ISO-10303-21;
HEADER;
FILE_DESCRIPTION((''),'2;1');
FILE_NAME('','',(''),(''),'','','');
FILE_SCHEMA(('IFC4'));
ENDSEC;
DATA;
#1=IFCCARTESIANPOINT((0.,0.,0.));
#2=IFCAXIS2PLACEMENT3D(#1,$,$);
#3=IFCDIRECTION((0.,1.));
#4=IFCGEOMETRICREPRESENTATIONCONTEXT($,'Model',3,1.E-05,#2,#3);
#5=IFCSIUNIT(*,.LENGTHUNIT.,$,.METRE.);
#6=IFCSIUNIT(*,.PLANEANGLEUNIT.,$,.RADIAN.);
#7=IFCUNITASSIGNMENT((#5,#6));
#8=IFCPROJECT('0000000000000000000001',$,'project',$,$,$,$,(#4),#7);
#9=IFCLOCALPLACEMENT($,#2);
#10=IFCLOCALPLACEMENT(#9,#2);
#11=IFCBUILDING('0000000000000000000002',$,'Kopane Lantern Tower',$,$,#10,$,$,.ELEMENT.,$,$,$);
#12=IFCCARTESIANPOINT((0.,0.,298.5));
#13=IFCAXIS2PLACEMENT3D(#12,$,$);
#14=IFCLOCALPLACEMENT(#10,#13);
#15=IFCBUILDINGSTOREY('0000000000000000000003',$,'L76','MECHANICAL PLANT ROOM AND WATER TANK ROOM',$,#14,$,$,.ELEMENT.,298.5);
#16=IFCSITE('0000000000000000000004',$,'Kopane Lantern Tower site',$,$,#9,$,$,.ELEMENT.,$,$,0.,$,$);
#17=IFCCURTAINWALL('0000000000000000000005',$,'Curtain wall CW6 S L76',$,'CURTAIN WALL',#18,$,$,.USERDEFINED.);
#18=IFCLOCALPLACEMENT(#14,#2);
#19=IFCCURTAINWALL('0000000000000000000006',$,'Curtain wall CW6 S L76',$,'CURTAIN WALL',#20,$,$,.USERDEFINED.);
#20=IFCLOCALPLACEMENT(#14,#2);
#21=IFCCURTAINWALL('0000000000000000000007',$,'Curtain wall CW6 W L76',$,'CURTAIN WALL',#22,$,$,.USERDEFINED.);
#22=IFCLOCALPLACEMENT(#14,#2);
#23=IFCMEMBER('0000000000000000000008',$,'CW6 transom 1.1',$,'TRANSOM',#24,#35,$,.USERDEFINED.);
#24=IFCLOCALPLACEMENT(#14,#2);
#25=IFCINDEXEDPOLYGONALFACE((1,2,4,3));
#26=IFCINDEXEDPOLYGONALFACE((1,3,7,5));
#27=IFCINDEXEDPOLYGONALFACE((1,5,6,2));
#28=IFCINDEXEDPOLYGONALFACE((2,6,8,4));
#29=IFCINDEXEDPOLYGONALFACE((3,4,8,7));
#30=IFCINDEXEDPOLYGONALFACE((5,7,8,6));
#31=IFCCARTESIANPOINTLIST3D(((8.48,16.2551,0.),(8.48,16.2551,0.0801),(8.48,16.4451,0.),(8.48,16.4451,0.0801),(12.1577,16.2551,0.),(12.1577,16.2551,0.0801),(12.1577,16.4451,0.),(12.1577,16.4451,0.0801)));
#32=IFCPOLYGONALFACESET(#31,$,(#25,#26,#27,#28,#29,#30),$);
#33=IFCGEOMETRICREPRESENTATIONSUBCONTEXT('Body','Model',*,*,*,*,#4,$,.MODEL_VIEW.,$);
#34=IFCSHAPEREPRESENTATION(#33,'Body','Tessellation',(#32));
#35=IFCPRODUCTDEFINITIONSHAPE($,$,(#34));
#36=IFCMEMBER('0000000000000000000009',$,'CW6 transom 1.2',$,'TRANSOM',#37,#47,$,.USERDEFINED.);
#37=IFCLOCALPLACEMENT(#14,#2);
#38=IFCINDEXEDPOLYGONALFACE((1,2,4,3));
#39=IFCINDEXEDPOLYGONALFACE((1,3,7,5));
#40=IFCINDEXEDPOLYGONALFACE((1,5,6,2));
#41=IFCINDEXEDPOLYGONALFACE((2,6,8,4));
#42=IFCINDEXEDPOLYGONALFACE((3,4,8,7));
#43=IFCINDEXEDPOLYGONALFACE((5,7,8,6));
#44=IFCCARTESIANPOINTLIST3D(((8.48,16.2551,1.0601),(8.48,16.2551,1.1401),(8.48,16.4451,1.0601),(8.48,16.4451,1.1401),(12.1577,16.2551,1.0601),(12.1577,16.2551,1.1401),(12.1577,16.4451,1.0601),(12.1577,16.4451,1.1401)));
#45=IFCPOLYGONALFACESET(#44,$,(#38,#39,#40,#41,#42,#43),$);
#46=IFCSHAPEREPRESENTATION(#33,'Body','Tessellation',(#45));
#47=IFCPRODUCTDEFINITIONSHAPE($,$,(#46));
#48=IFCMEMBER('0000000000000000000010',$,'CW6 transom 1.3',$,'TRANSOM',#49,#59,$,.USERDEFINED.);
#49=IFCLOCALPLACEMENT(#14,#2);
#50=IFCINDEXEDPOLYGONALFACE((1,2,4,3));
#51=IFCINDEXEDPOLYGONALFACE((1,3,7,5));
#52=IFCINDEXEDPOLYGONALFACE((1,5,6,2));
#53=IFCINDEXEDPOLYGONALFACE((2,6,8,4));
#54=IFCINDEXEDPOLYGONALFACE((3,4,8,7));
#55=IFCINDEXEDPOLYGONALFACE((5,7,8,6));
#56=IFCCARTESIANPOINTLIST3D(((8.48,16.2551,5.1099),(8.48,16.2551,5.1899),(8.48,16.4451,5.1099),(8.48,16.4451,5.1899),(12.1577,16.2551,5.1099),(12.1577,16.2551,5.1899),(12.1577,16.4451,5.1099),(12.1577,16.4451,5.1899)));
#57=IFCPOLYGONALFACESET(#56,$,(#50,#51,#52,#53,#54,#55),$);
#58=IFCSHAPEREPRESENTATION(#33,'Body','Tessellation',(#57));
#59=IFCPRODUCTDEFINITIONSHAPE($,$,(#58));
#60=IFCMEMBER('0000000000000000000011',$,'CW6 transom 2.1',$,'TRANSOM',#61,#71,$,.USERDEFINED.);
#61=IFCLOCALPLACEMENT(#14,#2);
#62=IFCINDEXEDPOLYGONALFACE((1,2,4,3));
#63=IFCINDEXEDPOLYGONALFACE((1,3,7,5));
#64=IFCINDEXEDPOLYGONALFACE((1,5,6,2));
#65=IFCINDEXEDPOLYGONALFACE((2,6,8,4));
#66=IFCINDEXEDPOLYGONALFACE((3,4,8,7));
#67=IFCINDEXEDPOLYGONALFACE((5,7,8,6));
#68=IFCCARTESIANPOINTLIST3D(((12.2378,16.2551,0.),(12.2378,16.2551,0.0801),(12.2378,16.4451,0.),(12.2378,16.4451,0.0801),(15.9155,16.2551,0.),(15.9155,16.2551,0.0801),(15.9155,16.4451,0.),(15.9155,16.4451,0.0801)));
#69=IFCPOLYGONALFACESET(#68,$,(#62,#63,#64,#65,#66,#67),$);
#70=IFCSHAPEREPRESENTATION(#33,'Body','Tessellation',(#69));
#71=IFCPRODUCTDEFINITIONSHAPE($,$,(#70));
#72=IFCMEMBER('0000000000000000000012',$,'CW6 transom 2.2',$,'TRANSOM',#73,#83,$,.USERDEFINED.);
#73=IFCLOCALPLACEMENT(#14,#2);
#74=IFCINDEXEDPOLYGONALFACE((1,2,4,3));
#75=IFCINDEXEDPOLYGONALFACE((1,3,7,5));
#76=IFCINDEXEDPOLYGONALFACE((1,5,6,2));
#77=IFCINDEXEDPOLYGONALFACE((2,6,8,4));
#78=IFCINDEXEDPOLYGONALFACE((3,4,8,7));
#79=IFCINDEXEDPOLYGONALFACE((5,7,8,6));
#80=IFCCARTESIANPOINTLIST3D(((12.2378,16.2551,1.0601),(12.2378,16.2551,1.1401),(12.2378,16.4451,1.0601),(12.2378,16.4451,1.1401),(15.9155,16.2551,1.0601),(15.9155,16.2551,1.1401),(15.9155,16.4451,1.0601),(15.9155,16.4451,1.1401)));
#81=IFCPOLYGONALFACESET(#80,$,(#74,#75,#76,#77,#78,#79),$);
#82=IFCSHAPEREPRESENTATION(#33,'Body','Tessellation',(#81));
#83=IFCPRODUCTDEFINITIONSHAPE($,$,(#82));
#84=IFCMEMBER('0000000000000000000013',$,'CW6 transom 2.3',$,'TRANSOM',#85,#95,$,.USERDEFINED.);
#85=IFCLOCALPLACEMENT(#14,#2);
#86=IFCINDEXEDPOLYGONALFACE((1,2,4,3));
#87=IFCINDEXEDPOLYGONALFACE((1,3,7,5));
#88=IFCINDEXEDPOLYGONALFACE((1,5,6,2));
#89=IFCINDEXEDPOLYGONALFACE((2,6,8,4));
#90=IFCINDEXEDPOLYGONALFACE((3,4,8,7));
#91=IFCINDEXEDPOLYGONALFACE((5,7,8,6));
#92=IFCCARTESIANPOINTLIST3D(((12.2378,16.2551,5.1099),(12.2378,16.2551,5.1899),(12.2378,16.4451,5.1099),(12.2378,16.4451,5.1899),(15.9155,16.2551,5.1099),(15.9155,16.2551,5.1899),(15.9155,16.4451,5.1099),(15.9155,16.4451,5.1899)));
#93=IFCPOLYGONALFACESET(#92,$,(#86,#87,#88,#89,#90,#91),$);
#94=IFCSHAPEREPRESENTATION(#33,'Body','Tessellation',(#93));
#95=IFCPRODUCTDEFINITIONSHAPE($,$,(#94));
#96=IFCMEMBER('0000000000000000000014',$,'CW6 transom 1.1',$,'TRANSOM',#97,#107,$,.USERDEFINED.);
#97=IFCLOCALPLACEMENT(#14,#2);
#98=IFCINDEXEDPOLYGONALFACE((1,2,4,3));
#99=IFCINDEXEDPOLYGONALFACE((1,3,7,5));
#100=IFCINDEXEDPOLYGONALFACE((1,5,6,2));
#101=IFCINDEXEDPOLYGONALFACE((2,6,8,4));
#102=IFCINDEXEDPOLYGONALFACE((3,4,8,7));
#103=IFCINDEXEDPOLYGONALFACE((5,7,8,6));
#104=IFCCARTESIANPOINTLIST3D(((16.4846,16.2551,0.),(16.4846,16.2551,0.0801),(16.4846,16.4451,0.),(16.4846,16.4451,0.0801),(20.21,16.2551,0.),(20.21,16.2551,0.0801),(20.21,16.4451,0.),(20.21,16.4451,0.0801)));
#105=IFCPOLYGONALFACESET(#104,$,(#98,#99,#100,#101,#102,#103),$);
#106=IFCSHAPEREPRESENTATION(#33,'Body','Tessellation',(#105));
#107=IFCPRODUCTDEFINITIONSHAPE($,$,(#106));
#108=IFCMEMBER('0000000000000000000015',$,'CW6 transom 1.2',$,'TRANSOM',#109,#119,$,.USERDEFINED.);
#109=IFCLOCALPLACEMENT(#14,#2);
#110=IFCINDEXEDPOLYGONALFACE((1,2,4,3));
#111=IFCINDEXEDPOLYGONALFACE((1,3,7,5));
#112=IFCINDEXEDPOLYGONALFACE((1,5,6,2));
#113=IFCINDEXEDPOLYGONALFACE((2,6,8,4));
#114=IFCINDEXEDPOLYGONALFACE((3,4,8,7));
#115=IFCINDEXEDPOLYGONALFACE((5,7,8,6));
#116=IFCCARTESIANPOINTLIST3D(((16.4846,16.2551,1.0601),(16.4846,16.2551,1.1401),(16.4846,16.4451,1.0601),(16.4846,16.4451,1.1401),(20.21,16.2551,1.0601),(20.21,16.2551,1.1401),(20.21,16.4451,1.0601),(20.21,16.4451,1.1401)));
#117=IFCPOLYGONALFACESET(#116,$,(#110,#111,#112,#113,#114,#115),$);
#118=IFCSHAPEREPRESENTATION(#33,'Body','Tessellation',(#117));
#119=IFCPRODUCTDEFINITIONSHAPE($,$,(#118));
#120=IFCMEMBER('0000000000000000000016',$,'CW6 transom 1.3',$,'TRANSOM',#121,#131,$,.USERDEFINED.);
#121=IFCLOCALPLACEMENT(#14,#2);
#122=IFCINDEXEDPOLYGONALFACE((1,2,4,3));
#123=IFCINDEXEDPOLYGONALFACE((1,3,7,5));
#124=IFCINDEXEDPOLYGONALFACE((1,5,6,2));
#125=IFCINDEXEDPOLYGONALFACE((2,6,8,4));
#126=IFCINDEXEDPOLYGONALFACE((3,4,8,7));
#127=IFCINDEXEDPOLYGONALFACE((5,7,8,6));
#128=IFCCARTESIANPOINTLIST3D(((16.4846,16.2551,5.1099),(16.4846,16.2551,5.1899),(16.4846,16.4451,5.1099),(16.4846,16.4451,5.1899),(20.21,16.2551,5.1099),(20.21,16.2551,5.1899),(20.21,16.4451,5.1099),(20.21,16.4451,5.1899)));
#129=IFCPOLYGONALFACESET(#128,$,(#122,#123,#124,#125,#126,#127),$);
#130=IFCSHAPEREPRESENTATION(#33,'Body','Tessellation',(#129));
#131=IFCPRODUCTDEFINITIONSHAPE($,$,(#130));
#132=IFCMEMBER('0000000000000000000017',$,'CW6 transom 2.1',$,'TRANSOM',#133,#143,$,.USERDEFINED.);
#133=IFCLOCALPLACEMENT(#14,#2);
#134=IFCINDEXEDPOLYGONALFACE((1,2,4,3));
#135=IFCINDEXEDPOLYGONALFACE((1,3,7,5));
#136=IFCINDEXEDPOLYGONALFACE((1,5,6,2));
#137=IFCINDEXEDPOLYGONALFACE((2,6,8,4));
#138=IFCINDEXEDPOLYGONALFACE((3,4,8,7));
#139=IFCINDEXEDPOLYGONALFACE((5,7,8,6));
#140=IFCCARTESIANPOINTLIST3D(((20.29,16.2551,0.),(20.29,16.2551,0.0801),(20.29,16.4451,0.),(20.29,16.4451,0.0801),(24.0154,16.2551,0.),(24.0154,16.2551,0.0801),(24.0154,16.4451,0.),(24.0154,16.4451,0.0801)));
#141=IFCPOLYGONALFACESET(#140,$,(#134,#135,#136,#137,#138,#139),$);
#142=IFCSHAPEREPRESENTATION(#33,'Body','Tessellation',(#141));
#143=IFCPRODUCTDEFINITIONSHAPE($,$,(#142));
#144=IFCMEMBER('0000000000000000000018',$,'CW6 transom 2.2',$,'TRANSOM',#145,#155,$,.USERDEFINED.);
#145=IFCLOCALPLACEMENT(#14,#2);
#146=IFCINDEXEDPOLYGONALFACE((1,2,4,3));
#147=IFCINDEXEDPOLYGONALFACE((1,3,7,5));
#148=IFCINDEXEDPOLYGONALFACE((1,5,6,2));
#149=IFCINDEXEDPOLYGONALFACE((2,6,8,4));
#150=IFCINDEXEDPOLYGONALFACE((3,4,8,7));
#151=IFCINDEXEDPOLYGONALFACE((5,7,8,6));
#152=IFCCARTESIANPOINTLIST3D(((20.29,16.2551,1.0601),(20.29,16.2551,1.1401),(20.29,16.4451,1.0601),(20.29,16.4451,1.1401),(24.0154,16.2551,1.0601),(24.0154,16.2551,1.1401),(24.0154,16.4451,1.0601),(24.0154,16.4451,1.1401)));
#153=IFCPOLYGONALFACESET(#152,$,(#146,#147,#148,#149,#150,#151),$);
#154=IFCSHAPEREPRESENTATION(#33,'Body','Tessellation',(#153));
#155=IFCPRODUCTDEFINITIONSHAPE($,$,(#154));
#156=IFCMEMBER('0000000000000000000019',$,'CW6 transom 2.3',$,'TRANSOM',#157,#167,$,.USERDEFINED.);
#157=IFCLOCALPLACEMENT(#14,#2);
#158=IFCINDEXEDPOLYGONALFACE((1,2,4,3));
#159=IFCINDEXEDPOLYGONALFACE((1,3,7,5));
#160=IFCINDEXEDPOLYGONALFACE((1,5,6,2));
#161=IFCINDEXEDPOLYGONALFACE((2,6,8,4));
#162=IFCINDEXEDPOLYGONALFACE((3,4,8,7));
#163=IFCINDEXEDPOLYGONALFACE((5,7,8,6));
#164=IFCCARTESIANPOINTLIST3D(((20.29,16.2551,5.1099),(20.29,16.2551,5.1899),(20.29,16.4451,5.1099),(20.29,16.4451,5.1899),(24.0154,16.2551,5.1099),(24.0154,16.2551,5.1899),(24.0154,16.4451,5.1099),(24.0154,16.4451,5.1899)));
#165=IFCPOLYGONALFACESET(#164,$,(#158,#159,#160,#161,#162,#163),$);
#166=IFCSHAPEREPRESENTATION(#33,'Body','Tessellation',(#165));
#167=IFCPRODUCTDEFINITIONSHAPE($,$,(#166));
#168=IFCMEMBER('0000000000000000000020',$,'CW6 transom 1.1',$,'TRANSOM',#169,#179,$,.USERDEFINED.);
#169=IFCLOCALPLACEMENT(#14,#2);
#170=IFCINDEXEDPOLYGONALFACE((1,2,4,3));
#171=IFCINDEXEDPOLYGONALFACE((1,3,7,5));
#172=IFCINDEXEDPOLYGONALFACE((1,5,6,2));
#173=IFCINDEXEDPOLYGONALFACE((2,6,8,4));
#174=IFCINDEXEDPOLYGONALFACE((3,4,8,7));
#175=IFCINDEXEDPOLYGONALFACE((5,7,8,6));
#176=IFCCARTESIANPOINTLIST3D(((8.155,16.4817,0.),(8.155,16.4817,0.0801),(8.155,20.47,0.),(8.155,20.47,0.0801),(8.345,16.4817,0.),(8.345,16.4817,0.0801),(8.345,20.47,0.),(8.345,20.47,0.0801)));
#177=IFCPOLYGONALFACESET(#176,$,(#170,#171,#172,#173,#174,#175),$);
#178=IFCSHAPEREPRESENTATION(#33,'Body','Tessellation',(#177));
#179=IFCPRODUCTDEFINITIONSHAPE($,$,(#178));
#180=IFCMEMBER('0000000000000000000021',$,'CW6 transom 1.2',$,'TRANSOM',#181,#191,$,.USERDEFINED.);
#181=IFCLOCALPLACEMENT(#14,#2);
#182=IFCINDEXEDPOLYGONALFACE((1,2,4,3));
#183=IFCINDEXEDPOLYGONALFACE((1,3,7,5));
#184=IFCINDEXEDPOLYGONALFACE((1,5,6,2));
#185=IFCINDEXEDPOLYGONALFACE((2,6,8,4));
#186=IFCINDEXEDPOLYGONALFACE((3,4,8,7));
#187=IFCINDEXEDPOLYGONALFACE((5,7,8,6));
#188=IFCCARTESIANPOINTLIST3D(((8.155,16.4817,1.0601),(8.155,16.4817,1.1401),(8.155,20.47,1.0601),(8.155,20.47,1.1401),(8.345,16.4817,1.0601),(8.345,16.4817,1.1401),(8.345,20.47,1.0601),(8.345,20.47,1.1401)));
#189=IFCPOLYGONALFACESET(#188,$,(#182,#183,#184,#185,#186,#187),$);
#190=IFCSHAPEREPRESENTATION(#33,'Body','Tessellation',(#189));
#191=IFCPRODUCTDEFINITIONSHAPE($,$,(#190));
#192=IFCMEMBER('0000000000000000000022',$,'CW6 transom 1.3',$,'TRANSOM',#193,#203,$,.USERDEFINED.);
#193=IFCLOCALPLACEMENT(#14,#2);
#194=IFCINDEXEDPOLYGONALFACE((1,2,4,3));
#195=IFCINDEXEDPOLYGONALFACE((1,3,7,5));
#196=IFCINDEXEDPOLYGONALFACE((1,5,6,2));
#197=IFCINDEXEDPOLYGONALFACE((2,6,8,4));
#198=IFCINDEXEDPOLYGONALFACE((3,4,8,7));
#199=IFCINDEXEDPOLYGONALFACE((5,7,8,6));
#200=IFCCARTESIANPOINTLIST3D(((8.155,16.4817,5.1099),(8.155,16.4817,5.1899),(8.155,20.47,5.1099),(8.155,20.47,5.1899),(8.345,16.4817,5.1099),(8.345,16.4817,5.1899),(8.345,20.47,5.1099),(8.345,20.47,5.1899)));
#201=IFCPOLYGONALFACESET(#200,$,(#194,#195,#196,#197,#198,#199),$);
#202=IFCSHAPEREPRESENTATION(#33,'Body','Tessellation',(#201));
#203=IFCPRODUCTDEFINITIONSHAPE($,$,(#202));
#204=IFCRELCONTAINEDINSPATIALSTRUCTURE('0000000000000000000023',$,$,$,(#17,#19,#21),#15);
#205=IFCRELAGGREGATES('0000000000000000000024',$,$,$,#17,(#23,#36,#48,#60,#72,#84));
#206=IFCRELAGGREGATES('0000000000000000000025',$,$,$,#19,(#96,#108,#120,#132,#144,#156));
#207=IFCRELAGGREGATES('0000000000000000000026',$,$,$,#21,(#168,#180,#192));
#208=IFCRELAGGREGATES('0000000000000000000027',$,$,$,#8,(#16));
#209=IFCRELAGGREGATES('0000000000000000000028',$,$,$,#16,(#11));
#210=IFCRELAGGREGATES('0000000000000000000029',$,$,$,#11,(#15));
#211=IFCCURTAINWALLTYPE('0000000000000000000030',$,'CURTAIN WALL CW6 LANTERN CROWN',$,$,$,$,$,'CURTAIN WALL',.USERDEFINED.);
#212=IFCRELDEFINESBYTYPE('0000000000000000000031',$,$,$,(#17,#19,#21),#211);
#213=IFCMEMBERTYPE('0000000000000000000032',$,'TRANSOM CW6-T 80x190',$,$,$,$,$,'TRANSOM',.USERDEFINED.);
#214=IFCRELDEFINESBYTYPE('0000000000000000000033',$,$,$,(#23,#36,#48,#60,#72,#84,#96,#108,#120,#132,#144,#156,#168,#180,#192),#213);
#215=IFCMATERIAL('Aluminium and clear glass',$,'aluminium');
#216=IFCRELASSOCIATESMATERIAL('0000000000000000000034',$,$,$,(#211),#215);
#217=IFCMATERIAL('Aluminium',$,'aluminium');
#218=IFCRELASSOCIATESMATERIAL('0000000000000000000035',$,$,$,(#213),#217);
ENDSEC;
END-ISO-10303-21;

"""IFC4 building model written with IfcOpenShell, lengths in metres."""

from ifc_helpers import new_model, si_unit, direction, frame, origin, origin_2d, place, context, subcontext, project, spatial, rectangle, extrude, material, material_profile, profile_set, type_object, element, aggregate, save


model = new_model("IFC4")

# Units and contexts
model_context = context("Model", 3, precision=1e-05, world=origin(), true_north=direction((0.0, 1.0)))
body_context = subcontext(model_context, "Body", "Model", "MODEL_VIEW")
ifc_project = project(units=[si_unit("LENGTHUNIT", "METRE"), si_unit("PLANEANGLEUNIT", "RADIAN")], contexts=[model_context])

# Site, building, storey
site_placement = place(None, origin())
site = spatial("IfcSite", under=ifc_project, at=site_placement, Name="Kopane Lantern Tower site", CompositionType="ELEMENT", RefElevation=0.0)
building_placement = place(site_placement, origin())
building = spatial("IfcBuilding", under=site, at=building_placement, Name="Kopane Lantern Tower", CompositionType="ELEMENT")
storey_placement = place(building_placement, frame((0.0, 0.0, 298.5)))
storey = spatial("IfcBuildingStorey", under=building, at=storey_placement, Name="L76", Description="MECHANICAL PLANT ROOM AND WATER TANK ROOM", CompositionType="ELEMENT", Elevation=298.5)

# Curtain walls
ifc_material_1 = material(Name="Aluminium and clear glass", Category="aluminium")
curtain_wall_type = type_object("IfcCurtainWallType", Name="CURTAIN WALL CW6 LANTERN CROWN", ElementType="CURTAIN WALL", PredefinedType="USERDEFINED", material=ifc_material_1)
curtain_wall_1_placement = place(storey_placement, origin())
curtain_wall_1 = element("IfcCurtainWall", 1, at=curtain_wall_1_placement, inside=storey, type_object=curtain_wall_type, Name="Curtain wall CW6 S L76", ObjectType="CURTAIN WALL", PredefinedType="USERDEFINED")
curtain_wall_2_placement = place(storey_placement, origin())
curtain_wall_2 = element("IfcCurtainWall", 2, at=curtain_wall_2_placement, inside=storey, type_object=curtain_wall_type, Name="Curtain wall CW6 S L76", ObjectType="CURTAIN WALL", PredefinedType="USERDEFINED")

# Curtain wall
curtain_wall_3_placement = place(storey_placement, origin())
curtain_wall_3 = element("IfcCurtainWall", 3, at=curtain_wall_3_placement, inside=storey, type_object=curtain_wall_type, Name="Curtain wall CW6 W L76", ObjectType="CURTAIN WALL", PredefinedType="USERDEFINED")

# Members
ifc_material_2 = material(Name="Aluminium", Category="aluminium")
ifc_material_profile_1 = material_profile(ifc_material_2, rectangle(XDim=0.1899, YDim=0.0801, at=origin_2d()), Name="AL 190x80")
ifc_profile_set_1 = profile_set([ifc_material_profile_1], Name="Aluminium")
member_type_1 = type_object("IfcMemberType", Name="TRANSOM CW6-T 80x190", ElementType="TRANSOM", PredefinedType="USERDEFINED", material=ifc_profile_set_1)
member_1_placement = place(storey_placement, frame((8.48, 16.3501, 0.04), z_axis=(1.0, 0.0, 0.0), x_axis=(0.0, 1.0, 0.0)))
member_1 = element("IfcMember", 4, at=member_1_placement, type_object=member_type_1, Name="CW6 transom 1.1", ObjectType="TRANSOM", PredefinedType="USERDEFINED", context=body_context, shape_type="SweptSolid", body=[
    extrude(rectangle(XDim=0.1899, YDim=0.0801, at=origin_2d()), origin(), (0.0, 0.0, 1.0), 3.6777),
])
member_2_placement = place(storey_placement, frame((8.48, 16.3501, 1.1001), z_axis=(1.0, 0.0, 0.0), x_axis=(0.0, 1.0, 0.0)))
member_2 = element("IfcMember", 5, at=member_2_placement, type_object=member_type_1, Name="CW6 transom 1.2", ObjectType="TRANSOM", PredefinedType="USERDEFINED", context=body_context, shape_type="SweptSolid", body=[
    extrude(rectangle(XDim=0.1899, YDim=0.0801, at=origin_2d()), origin(), (0.0, 0.0, 1.0), 3.6777),
])
member_3_placement = place(storey_placement, frame((8.48, 16.3501, 5.1499), z_axis=(1.0, 0.0, 0.0), x_axis=(0.0, 1.0, 0.0)))
member_3 = element("IfcMember", 6, at=member_3_placement, type_object=member_type_1, Name="CW6 transom 1.3", ObjectType="TRANSOM", PredefinedType="USERDEFINED", context=body_context, shape_type="SweptSolid", body=[
    extrude(rectangle(XDim=0.1899, YDim=0.0801, at=origin_2d()), origin(), (0.0, 0.0, 1.0), 3.6777),
])
member_4_placement = place(storey_placement, frame((12.2378, 16.3501, 0.04), z_axis=(1.0, 0.0, 0.0), x_axis=(0.0, 1.0, 0.0)))
member_4 = element("IfcMember", 7, at=member_4_placement, type_object=member_type_1, Name="CW6 transom 2.1", ObjectType="TRANSOM", PredefinedType="USERDEFINED", context=body_context, shape_type="SweptSolid", body=[
    extrude(rectangle(XDim=0.1899, YDim=0.0801, at=origin_2d()), origin(), (0.0, 0.0, 1.0), 3.6777),
])
member_5_placement = place(storey_placement, frame((12.2378, 16.3501, 1.1001), z_axis=(1.0, 0.0, 0.0), x_axis=(0.0, 1.0, 0.0)))
member_5 = element("IfcMember", 8, at=member_5_placement, type_object=member_type_1, Name="CW6 transom 2.2", ObjectType="TRANSOM", PredefinedType="USERDEFINED", context=body_context, shape_type="SweptSolid", body=[
    extrude(rectangle(XDim=0.1899, YDim=0.0801, at=origin_2d()), origin(), (0.0, 0.0, 1.0), 3.6777),
])
member_6_placement = place(storey_placement, frame((12.2378, 16.3501, 5.1499), z_axis=(1.0, 0.0, 0.0), x_axis=(0.0, 1.0, 0.0)))
member_6 = element("IfcMember", 9, at=member_6_placement, type_object=member_type_1, Name="CW6 transom 2.3", ObjectType="TRANSOM", PredefinedType="USERDEFINED", context=body_context, shape_type="SweptSolid", body=[
    extrude(rectangle(XDim=0.1899, YDim=0.0801, at=origin_2d()), origin(), (0.0, 0.0, 1.0), 3.6777),
])
member_7_placement = place(storey_placement, frame((16.4846, 16.3501, 0.04), z_axis=(1.0, 0.0, 0.0), x_axis=(0.0, 1.0, 0.0)))
member_7 = element("IfcMember", 10, at=member_7_placement, type_object=member_type_1, Name="CW6 transom 1.1", ObjectType="TRANSOM", PredefinedType="USERDEFINED", context=body_context, shape_type="SweptSolid", body=[
    extrude(rectangle(XDim=0.1899, YDim=0.0801, at=origin_2d()), origin(), (0.0, 0.0, 1.0), 3.7253),
])
member_8_placement = place(storey_placement, frame((16.4846, 16.3501, 1.1001), z_axis=(1.0, 0.0, 0.0), x_axis=(0.0, 1.0, 0.0)))
member_8 = element("IfcMember", 11, at=member_8_placement, type_object=member_type_1, Name="CW6 transom 1.2", ObjectType="TRANSOM", PredefinedType="USERDEFINED", context=body_context, shape_type="SweptSolid", body=[
    extrude(rectangle(XDim=0.1899, YDim=0.0801, at=origin_2d()), origin(), (0.0, 0.0, 1.0), 3.7253),
])
member_9_placement = place(storey_placement, frame((16.4846, 16.3501, 5.1499), z_axis=(1.0, 0.0, 0.0), x_axis=(0.0, 1.0, 0.0)))
member_9 = element("IfcMember", 12, at=member_9_placement, type_object=member_type_1, Name="CW6 transom 1.3", ObjectType="TRANSOM", PredefinedType="USERDEFINED", context=body_context, shape_type="SweptSolid", body=[
    extrude(rectangle(XDim=0.1899, YDim=0.0801, at=origin_2d()), origin(), (0.0, 0.0, 1.0), 3.7253),
])
member_10_placement = place(storey_placement, frame((20.29, 16.3501, 0.04), z_axis=(1.0, 0.0, 0.0), x_axis=(0.0, 1.0, 0.0)))
member_10 = element("IfcMember", 13, at=member_10_placement, type_object=member_type_1, Name="CW6 transom 2.1", ObjectType="TRANSOM", PredefinedType="USERDEFINED", context=body_context, shape_type="SweptSolid", body=[
    extrude(rectangle(XDim=0.1899, YDim=0.0801, at=origin_2d()), origin(), (0.0, 0.0, 1.0), 3.7253),
])
member_11_placement = place(storey_placement, frame((20.29, 16.3501, 1.1001), z_axis=(1.0, 0.0, 0.0), x_axis=(0.0, 1.0, 0.0)))
member_11 = element("IfcMember", 14, at=member_11_placement, type_object=member_type_1, Name="CW6 transom 2.2", ObjectType="TRANSOM", PredefinedType="USERDEFINED", context=body_context, shape_type="SweptSolid", body=[
    extrude(rectangle(XDim=0.1899, YDim=0.0801, at=origin_2d()), origin(), (0.0, 0.0, 1.0), 3.7253),
])
member_12_placement = place(storey_placement, frame((20.29, 16.3501, 5.1499), z_axis=(1.0, 0.0, 0.0), x_axis=(0.0, 1.0, 0.0)))
member_12 = element("IfcMember", 15, at=member_12_placement, type_object=member_type_1, Name="CW6 transom 2.3", ObjectType="TRANSOM", PredefinedType="USERDEFINED", context=body_context, shape_type="SweptSolid", body=[
    extrude(rectangle(XDim=0.1899, YDim=0.0801, at=origin_2d()), origin(), (0.0, 0.0, 1.0), 3.7253),
])
member_13_placement = place(storey_placement, frame((8.25, 20.47, 0.04), z_axis=(0.0, -1.0, 0.0), x_axis=(1.0, 0.0, 0.0)))
member_13 = element("IfcMember", 16, at=member_13_placement, type_object=member_type_1, Name="CW6 transom 1.1", ObjectType="TRANSOM", PredefinedType="USERDEFINED", context=body_context, shape_type="SweptSolid", body=[
    extrude(rectangle(XDim=0.1899, YDim=0.0801, at=origin_2d()), origin(), (0.0, 0.0, 1.0), 3.9883),
])
member_14_placement = place(storey_placement, frame((8.25, 20.47, 1.1001), z_axis=(0.0, -1.0, 0.0), x_axis=(1.0, 0.0, 0.0)))
member_14 = element("IfcMember", 17, at=member_14_placement, type_object=member_type_1, Name="CW6 transom 1.2", ObjectType="TRANSOM", PredefinedType="USERDEFINED", context=body_context, shape_type="SweptSolid", body=[
    extrude(rectangle(XDim=0.1899, YDim=0.0801, at=origin_2d()), origin(), (0.0, 0.0, 1.0), 3.9883),
])
member_15_placement = place(storey_placement, frame((8.25, 20.47, 5.1499), z_axis=(0.0, -1.0, 0.0), x_axis=(1.0, 0.0, 0.0)))
member_15 = element("IfcMember", 18, at=member_15_placement, type_object=member_type_1, Name="CW6 transom 1.3", ObjectType="TRANSOM", PredefinedType="USERDEFINED", context=body_context, shape_type="SweptSolid", body=[
    extrude(rectangle(XDim=0.1899, YDim=0.0801, at=origin_2d()), origin(), (0.0, 0.0, 1.0), 3.9883),
])

aggregate(curtain_wall_1, [member_1, member_2, member_3, member_4, member_5, member_6])
aggregate(curtain_wall_2, [member_7, member_8, member_9, member_10, member_11, member_12])
aggregate(curtain_wall_3, [member_13, member_14, member_15])

save(model, "model.ifc")
